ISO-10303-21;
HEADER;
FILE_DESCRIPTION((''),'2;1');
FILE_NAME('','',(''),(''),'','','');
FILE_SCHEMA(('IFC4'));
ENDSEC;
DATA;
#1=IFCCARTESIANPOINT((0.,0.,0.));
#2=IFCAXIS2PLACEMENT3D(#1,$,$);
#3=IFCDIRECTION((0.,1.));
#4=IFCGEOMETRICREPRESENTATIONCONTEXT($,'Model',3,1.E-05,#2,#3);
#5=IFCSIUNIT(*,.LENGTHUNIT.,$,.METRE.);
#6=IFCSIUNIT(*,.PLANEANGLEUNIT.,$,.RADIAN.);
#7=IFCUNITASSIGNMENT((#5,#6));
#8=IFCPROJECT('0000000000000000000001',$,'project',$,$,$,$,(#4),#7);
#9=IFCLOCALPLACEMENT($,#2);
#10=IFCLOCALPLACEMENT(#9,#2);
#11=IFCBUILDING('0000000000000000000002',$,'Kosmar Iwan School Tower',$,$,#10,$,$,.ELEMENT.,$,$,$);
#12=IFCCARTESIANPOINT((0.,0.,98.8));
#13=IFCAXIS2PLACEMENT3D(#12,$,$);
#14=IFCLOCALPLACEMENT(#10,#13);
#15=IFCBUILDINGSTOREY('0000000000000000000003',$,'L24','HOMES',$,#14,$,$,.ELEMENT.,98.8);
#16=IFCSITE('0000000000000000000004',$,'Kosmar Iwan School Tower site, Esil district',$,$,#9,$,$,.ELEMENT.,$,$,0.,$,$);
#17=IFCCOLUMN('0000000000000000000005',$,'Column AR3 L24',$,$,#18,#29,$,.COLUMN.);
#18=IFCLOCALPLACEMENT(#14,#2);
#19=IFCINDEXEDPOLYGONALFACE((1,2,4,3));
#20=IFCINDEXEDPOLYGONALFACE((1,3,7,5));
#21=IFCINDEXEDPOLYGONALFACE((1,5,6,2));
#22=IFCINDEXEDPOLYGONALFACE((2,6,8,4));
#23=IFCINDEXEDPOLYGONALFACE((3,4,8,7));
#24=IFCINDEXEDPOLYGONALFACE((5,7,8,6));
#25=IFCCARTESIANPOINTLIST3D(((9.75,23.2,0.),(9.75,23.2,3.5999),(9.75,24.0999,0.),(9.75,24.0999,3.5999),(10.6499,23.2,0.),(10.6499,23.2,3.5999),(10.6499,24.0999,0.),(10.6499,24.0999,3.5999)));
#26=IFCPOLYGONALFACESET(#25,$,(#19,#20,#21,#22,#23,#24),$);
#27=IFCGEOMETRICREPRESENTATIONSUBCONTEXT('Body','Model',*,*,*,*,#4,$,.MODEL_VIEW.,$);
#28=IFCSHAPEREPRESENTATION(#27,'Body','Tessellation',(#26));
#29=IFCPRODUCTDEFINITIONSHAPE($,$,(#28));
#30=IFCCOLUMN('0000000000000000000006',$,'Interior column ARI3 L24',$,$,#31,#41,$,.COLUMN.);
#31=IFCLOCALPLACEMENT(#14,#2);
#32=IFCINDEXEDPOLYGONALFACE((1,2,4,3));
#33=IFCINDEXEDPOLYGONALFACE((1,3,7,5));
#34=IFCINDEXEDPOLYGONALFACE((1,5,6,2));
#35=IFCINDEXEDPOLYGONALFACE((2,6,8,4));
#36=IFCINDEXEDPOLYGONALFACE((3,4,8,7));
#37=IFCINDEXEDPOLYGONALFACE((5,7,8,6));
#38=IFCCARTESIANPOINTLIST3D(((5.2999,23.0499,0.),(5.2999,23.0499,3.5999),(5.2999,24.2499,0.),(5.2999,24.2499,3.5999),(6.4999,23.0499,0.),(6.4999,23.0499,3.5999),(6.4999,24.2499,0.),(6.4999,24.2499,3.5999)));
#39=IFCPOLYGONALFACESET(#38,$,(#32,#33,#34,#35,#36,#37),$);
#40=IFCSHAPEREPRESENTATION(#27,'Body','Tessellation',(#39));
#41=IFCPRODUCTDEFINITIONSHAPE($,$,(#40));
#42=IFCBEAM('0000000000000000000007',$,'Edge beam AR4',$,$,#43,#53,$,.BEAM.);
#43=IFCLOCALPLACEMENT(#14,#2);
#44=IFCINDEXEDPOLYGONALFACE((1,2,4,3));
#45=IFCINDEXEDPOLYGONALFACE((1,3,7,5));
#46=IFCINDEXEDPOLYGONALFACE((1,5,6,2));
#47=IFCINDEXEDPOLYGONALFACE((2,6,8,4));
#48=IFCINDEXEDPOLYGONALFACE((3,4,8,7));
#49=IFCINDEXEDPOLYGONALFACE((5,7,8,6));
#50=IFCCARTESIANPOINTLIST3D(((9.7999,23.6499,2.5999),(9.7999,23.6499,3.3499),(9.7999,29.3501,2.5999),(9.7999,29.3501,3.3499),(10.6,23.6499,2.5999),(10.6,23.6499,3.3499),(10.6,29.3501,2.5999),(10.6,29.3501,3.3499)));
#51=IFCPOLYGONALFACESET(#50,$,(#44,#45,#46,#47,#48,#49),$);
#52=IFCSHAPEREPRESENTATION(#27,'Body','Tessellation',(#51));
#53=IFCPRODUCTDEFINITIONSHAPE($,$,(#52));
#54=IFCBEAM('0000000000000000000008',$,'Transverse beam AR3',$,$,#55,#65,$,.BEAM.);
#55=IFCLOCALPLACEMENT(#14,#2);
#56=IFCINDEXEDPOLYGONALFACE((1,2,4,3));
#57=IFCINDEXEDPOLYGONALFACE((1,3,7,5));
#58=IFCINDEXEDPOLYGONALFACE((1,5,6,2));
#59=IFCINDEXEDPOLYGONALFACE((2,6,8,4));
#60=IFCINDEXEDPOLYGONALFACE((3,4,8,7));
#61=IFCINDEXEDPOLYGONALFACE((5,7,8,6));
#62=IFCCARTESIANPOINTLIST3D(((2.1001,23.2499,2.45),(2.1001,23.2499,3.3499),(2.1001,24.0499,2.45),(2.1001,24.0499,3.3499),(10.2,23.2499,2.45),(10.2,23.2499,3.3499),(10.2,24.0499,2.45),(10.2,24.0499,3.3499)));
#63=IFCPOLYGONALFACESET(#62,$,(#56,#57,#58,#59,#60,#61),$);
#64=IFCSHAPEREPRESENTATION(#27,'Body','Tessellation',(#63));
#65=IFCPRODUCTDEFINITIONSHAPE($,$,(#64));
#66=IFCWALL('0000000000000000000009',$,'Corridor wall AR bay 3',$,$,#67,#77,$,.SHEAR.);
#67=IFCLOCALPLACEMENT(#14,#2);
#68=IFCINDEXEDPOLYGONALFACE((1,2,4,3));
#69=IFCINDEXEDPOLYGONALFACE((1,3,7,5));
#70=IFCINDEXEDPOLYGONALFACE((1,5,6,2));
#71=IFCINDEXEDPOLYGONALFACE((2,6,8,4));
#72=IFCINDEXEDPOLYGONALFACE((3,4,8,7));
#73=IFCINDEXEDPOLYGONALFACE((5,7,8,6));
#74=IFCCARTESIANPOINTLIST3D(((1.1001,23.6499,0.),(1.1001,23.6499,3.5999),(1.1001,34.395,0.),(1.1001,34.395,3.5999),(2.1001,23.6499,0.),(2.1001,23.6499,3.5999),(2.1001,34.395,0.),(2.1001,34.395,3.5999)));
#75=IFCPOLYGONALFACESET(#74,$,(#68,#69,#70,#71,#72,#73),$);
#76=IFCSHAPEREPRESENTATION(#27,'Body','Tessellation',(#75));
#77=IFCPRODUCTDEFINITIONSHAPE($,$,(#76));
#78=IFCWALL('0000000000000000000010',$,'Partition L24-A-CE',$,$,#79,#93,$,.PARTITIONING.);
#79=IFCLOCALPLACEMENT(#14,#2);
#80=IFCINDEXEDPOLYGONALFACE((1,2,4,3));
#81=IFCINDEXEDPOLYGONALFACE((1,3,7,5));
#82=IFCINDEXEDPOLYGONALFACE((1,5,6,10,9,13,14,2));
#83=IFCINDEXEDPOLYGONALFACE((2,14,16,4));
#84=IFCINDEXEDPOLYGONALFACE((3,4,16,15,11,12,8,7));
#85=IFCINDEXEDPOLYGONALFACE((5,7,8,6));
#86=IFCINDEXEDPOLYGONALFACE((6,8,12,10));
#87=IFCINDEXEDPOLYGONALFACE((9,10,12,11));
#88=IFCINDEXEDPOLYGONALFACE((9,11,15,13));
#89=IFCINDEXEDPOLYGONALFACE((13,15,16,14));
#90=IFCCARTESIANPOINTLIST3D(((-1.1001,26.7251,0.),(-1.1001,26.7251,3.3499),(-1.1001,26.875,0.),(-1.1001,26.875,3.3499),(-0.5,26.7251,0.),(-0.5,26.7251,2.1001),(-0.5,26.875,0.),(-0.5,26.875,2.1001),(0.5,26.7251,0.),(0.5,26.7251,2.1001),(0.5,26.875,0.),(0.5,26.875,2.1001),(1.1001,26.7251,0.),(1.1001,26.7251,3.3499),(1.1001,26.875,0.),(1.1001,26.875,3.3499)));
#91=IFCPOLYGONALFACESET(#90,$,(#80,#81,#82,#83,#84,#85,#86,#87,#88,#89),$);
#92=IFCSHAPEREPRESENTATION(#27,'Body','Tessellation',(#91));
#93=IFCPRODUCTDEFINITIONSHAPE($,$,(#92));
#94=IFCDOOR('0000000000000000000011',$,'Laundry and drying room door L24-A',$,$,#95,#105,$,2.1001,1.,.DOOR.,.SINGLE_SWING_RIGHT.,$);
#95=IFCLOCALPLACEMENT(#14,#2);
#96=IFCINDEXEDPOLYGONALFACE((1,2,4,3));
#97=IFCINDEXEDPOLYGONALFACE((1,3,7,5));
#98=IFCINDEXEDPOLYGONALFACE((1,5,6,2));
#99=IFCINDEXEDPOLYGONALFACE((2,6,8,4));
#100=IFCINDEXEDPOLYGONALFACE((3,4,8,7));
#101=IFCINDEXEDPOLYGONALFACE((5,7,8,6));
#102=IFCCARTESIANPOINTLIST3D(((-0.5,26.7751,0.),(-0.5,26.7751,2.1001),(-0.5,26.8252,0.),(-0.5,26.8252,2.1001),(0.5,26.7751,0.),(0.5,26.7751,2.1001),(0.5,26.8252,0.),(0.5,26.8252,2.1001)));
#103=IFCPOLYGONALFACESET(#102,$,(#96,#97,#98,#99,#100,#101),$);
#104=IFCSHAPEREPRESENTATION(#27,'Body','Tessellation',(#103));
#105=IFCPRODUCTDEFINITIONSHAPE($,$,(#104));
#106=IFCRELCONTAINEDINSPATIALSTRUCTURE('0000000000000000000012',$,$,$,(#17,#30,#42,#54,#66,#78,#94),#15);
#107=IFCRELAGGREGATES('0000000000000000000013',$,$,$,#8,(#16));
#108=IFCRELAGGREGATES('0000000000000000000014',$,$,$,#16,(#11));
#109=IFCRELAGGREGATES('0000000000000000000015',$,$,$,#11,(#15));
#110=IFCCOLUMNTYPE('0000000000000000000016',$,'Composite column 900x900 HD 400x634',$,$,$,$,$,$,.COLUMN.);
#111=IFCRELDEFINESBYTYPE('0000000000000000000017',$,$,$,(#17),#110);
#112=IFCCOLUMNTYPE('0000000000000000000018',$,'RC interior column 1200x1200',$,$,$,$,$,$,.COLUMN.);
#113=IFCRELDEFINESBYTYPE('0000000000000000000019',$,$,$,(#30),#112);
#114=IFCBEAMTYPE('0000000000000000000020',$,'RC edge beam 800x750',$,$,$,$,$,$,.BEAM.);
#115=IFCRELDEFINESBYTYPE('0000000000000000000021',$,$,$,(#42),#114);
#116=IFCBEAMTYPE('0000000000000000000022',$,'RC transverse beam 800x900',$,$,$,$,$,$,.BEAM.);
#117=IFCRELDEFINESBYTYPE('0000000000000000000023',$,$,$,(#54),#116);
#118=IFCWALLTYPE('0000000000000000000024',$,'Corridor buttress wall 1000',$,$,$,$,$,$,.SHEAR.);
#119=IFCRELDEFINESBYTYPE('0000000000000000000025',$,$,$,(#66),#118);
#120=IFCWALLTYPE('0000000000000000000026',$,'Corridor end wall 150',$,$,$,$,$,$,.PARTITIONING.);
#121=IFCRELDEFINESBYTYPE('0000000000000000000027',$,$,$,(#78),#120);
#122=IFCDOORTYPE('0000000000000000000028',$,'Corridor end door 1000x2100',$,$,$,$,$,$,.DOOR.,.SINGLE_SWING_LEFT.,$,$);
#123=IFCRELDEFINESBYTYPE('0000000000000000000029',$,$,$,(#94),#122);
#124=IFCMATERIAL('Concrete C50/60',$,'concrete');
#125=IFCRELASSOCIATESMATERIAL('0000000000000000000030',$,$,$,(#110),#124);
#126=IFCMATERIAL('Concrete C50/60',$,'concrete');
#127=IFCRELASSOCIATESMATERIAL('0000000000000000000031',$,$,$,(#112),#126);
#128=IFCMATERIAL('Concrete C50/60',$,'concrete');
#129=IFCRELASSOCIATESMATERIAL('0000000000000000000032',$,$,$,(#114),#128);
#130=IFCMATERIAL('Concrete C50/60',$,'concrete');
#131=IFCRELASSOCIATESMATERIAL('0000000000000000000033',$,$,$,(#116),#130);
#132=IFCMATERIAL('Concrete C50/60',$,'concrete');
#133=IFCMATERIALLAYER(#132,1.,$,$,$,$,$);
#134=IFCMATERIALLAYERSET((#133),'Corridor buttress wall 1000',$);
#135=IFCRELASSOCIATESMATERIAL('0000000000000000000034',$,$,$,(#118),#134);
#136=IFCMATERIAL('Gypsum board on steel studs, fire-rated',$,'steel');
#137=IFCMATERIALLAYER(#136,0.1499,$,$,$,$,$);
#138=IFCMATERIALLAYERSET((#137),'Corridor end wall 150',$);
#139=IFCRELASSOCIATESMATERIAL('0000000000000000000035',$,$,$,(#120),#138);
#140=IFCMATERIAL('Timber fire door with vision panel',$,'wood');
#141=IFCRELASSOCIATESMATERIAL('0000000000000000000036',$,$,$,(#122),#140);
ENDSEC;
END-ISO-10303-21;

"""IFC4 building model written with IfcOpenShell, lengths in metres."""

from ifc_helpers import new_model, si_unit, direction, frame, frame_2d, origin, origin_2d, place, context, subcontext, project, spatial, rectangle, extrude, material, layer, layer_set, material_profile, profile_set, type_object, element, fill, save


model = new_model("IFC4")

# Units and contexts
model_context = context("Model", 3, precision=1e-05, world=origin(), true_north=direction((0.0, 1.0)))
body_context = subcontext(model_context, "Body", "Model", "MODEL_VIEW")
ifc_project = project(units=[si_unit("LENGTHUNIT", "METRE"), si_unit("PLANEANGLEUNIT", "RADIAN")], contexts=[model_context])

# Site, building, storey
site_placement = place(None, origin())
site = spatial("IfcSite", under=ifc_project, at=site_placement, Name="Kosmar Iwan School Tower site, Esil district", CompositionType="ELEMENT", RefElevation=0.0)
building_placement = place(site_placement, origin())
building = spatial("IfcBuilding", under=site, at=building_placement, Name="Kosmar Iwan School Tower", CompositionType="ELEMENT")
storey_placement = place(building_placement, frame((0.0, 0.0, 98.8)))
storey = spatial("IfcBuildingStorey", under=building, at=storey_placement, Name="L24", Description="HOMES", CompositionType="ELEMENT", Elevation=98.8)

# Columns
ifc_material_1 = material(Name="Concrete C50/60", Category="concrete")
ifc_material_profile_1 = material_profile(ifc_material_1, rectangle(XDim=0.8999, YDim=0.8999, at=origin_2d()), Name="RC 900x900 + HD 400x634")
ifc_profile_set_1 = profile_set([ifc_material_profile_1], Name="Concrete C50/60")
column_type_1 = type_object("IfcColumnType", Name="Composite column 900x900 HD 400x634", PredefinedType="COLUMN", material=ifc_profile_set_1)
column_1_placement = place(storey_placement, frame((10.2, 23.6499, 0.0), z_axis=(0.0, 0.0, 1.0), x_axis=(0.0, 1.0, 0.0)))
element("IfcColumn", 1, at=column_1_placement, inside=storey, type_object=column_type_1, Name="Column AR3 L24", PredefinedType="COLUMN", context=body_context, shape_type="SweptSolid", body=[
    extrude(rectangle(XDim=0.8999, YDim=0.8999, at=origin_2d()), origin(), (0.0, 0.0, 1.0), 3.5999),
])
ifc_material_2 = material(Name="Concrete C50/60", Category="concrete")
ifc_material_profile_2 = material_profile(ifc_material_2, rectangle(XDim=1.2, YDim=1.2, at=origin_2d()), Name="RC 1200x1200")
ifc_profile_set_2 = profile_set([ifc_material_profile_2], Name="Concrete C50/60")
column_type_2 = type_object("IfcColumnType", Name="RC interior column 1200x1200", PredefinedType="COLUMN", material=ifc_profile_set_2)
column_2_placement = place(storey_placement, frame((5.8999, 23.6499, 0.0), z_axis=(0.0, 0.0, 1.0), x_axis=(0.0, 1.0, 0.0)))
element("IfcColumn", 2, at=column_2_placement, inside=storey, type_object=column_type_2, Name="Interior column ARI3 L24", PredefinedType="COLUMN", context=body_context, shape_type="SweptSolid", body=[
    extrude(rectangle(XDim=1.2, YDim=1.2, at=origin_2d()), origin(), (0.0, 0.0, 1.0), 3.5999),
])

# Beams
ifc_material_3 = material(Name="Concrete C50/60", Category="concrete")
ifc_material_profile_3 = material_profile(ifc_material_3, rectangle(XDim=0.8, YDim=0.75, at=origin_2d()), Name="RC 800x750")
ifc_profile_set_3 = profile_set([ifc_material_profile_3], Name="Concrete C50/60")
beam_type_1 = type_object("IfcBeamType", Name="RC edge beam 800x750", PredefinedType="BEAM", material=ifc_profile_set_3)
beam_1_placement = place(storey_placement, frame((10.2, 23.6499, 2.9749), z_axis=(0.0, 1.0, 0.0), x_axis=(-1.0, 0.0, 0.0)))
element("IfcBeam", 3, at=beam_1_placement, inside=storey, type_object=beam_type_1, Name="Edge beam AR4", PredefinedType="BEAM", context=body_context, shape_type="SweptSolid", body=[
    extrude(rectangle(XDim=0.8, YDim=0.75, at=origin_2d()), origin(), (0.0, 0.0, 1.0), 5.7002),
])
ifc_material_4 = material(Name="Concrete C50/60", Category="concrete")
ifc_material_profile_4 = material_profile(ifc_material_4, rectangle(XDim=0.8, YDim=0.8999, at=origin_2d()), Name="RC 800x900")
ifc_profile_set_4 = profile_set([ifc_material_profile_4], Name="Concrete C50/60")
beam_type_2 = type_object("IfcBeamType", Name="RC transverse beam 800x900", PredefinedType="BEAM", material=ifc_profile_set_4)
beam_2_placement = place(storey_placement, frame((10.2, 23.6499, 2.8999), z_axis=(-1.0, 0.0, 0.0), x_axis=(0.0, -1.0, 0.0)))
element("IfcBeam", 4, at=beam_2_placement, inside=storey, type_object=beam_type_2, Name="Transverse beam AR3", PredefinedType="BEAM", context=body_context, shape_type="SweptSolid", body=[
    extrude(rectangle(XDim=0.8, YDim=0.8999, at=origin_2d()), origin(), (0.0, 0.0, 1.0), 8.0999),
])

# Wall
ifc_material_5 = material(Name="Concrete C50/60", Category="concrete")
ifc_layer_1 = layer(ifc_material_5, 1.0)
ifc_layer_set_1 = layer_set([ifc_layer_1], Name="Corridor buttress wall 1000")
wall_type_1 = type_object("IfcWallType", Name="Corridor buttress wall 1000", PredefinedType="SHEAR", material=ifc_layer_set_1)
wall_1_placement = place(storey_placement, frame((1.6001, 23.6499, 0.0), z_axis=(0.0, 0.0, 1.0), x_axis=(0.0, 1.0, 0.0)))
element("IfcWall", 5, at=wall_1_placement, inside=storey, type_object=wall_type_1, Name="Corridor wall AR bay 3", PredefinedType="SHEAR", context=body_context, shape_type="SweptSolid", body=[
    extrude(rectangle(XDim=10.7451, YDim=1.0, at=frame_2d((5.3726, 0.0))), origin(), (0.0, 0.0, 1.0), 3.5999),
])

# Wall, opening, door
ifc_material_6 = material(Name="Gypsum board on steel studs, fire-rated", Category="steel")
ifc_layer_2 = layer(ifc_material_6, 0.1499)
ifc_layer_set_2 = layer_set([ifc_layer_2], Name="Corridor end wall 150")
wall_type_2 = type_object("IfcWallType", Name="Corridor end wall 150", PredefinedType="PARTITIONING", material=ifc_layer_set_2)
wall_2_placement = place(storey_placement, frame((1.1001, 26.8, 0.0), z_axis=(0.0, 0.0, 1.0), x_axis=(-1.0, 0.0, 0.0)))
wall_2 = element("IfcWall", 6, at=wall_2_placement, inside=storey, type_object=wall_type_2, Name="Partition L24-A-CE", PredefinedType="PARTITIONING", context=body_context, shape_type="SweptSolid", body=[
    extrude(rectangle(XDim=2.2002, YDim=0.1499, at=frame_2d((1.1001, 0.0))), origin(), (0.0, 0.0, 1.0), 3.3499),
])
opening_1_placement = place(wall_2_placement, frame((0.6001, 0.0, 0.0)))
opening_1 = element("IfcOpeningElement", 7, at=opening_1_placement, cuts=wall_2, PredefinedType="OPENING", context=body_context, shape_type="SweptSolid", body=[
    extrude(rectangle(XDim=1.0, YDim=2.1001, at=frame_2d((0.5, 1.05))), frame((0.0, 0.0869, 0.0), z_axis=(0.0, -1.0, 0.0), x_axis=(1.0, 0.0, 0.0)), (0.0, 0.0, 1.0), 0.1738),
])
ifc_material_7 = material(Name="Timber fire door with vision panel", Category="wood")
door_type_1 = type_object("IfcDoorType", Name="Corridor end door 1000x2100", OperationType="SINGLE_SWING_LEFT", PredefinedType="DOOR", material=ifc_material_7)
door_1_placement = place(opening_1_placement, origin())
door_1 = element("IfcDoor", 8, at=door_1_placement, inside=storey, type_object=door_type_1, Name="Laundry and drying room door L24-A", OperationType="SINGLE_SWING_RIGHT", OverallHeight=2.1001, OverallWidth=1.0, PredefinedType="DOOR", context=body_context, shape_type="SweptSolid", body=[
    extrude(rectangle(XDim=1.0, YDim=2.1001, at=frame_2d((0.5, 1.05))), frame((0.0, 0.0249, 0.0), z_axis=(0.0, -1.0, 0.0), x_axis=(1.0, 0.0, 0.0)), (0.0, 0.0, 1.0), 0.05),
])
fill(opening_1, door_1)

save(model, "model.ifc")
